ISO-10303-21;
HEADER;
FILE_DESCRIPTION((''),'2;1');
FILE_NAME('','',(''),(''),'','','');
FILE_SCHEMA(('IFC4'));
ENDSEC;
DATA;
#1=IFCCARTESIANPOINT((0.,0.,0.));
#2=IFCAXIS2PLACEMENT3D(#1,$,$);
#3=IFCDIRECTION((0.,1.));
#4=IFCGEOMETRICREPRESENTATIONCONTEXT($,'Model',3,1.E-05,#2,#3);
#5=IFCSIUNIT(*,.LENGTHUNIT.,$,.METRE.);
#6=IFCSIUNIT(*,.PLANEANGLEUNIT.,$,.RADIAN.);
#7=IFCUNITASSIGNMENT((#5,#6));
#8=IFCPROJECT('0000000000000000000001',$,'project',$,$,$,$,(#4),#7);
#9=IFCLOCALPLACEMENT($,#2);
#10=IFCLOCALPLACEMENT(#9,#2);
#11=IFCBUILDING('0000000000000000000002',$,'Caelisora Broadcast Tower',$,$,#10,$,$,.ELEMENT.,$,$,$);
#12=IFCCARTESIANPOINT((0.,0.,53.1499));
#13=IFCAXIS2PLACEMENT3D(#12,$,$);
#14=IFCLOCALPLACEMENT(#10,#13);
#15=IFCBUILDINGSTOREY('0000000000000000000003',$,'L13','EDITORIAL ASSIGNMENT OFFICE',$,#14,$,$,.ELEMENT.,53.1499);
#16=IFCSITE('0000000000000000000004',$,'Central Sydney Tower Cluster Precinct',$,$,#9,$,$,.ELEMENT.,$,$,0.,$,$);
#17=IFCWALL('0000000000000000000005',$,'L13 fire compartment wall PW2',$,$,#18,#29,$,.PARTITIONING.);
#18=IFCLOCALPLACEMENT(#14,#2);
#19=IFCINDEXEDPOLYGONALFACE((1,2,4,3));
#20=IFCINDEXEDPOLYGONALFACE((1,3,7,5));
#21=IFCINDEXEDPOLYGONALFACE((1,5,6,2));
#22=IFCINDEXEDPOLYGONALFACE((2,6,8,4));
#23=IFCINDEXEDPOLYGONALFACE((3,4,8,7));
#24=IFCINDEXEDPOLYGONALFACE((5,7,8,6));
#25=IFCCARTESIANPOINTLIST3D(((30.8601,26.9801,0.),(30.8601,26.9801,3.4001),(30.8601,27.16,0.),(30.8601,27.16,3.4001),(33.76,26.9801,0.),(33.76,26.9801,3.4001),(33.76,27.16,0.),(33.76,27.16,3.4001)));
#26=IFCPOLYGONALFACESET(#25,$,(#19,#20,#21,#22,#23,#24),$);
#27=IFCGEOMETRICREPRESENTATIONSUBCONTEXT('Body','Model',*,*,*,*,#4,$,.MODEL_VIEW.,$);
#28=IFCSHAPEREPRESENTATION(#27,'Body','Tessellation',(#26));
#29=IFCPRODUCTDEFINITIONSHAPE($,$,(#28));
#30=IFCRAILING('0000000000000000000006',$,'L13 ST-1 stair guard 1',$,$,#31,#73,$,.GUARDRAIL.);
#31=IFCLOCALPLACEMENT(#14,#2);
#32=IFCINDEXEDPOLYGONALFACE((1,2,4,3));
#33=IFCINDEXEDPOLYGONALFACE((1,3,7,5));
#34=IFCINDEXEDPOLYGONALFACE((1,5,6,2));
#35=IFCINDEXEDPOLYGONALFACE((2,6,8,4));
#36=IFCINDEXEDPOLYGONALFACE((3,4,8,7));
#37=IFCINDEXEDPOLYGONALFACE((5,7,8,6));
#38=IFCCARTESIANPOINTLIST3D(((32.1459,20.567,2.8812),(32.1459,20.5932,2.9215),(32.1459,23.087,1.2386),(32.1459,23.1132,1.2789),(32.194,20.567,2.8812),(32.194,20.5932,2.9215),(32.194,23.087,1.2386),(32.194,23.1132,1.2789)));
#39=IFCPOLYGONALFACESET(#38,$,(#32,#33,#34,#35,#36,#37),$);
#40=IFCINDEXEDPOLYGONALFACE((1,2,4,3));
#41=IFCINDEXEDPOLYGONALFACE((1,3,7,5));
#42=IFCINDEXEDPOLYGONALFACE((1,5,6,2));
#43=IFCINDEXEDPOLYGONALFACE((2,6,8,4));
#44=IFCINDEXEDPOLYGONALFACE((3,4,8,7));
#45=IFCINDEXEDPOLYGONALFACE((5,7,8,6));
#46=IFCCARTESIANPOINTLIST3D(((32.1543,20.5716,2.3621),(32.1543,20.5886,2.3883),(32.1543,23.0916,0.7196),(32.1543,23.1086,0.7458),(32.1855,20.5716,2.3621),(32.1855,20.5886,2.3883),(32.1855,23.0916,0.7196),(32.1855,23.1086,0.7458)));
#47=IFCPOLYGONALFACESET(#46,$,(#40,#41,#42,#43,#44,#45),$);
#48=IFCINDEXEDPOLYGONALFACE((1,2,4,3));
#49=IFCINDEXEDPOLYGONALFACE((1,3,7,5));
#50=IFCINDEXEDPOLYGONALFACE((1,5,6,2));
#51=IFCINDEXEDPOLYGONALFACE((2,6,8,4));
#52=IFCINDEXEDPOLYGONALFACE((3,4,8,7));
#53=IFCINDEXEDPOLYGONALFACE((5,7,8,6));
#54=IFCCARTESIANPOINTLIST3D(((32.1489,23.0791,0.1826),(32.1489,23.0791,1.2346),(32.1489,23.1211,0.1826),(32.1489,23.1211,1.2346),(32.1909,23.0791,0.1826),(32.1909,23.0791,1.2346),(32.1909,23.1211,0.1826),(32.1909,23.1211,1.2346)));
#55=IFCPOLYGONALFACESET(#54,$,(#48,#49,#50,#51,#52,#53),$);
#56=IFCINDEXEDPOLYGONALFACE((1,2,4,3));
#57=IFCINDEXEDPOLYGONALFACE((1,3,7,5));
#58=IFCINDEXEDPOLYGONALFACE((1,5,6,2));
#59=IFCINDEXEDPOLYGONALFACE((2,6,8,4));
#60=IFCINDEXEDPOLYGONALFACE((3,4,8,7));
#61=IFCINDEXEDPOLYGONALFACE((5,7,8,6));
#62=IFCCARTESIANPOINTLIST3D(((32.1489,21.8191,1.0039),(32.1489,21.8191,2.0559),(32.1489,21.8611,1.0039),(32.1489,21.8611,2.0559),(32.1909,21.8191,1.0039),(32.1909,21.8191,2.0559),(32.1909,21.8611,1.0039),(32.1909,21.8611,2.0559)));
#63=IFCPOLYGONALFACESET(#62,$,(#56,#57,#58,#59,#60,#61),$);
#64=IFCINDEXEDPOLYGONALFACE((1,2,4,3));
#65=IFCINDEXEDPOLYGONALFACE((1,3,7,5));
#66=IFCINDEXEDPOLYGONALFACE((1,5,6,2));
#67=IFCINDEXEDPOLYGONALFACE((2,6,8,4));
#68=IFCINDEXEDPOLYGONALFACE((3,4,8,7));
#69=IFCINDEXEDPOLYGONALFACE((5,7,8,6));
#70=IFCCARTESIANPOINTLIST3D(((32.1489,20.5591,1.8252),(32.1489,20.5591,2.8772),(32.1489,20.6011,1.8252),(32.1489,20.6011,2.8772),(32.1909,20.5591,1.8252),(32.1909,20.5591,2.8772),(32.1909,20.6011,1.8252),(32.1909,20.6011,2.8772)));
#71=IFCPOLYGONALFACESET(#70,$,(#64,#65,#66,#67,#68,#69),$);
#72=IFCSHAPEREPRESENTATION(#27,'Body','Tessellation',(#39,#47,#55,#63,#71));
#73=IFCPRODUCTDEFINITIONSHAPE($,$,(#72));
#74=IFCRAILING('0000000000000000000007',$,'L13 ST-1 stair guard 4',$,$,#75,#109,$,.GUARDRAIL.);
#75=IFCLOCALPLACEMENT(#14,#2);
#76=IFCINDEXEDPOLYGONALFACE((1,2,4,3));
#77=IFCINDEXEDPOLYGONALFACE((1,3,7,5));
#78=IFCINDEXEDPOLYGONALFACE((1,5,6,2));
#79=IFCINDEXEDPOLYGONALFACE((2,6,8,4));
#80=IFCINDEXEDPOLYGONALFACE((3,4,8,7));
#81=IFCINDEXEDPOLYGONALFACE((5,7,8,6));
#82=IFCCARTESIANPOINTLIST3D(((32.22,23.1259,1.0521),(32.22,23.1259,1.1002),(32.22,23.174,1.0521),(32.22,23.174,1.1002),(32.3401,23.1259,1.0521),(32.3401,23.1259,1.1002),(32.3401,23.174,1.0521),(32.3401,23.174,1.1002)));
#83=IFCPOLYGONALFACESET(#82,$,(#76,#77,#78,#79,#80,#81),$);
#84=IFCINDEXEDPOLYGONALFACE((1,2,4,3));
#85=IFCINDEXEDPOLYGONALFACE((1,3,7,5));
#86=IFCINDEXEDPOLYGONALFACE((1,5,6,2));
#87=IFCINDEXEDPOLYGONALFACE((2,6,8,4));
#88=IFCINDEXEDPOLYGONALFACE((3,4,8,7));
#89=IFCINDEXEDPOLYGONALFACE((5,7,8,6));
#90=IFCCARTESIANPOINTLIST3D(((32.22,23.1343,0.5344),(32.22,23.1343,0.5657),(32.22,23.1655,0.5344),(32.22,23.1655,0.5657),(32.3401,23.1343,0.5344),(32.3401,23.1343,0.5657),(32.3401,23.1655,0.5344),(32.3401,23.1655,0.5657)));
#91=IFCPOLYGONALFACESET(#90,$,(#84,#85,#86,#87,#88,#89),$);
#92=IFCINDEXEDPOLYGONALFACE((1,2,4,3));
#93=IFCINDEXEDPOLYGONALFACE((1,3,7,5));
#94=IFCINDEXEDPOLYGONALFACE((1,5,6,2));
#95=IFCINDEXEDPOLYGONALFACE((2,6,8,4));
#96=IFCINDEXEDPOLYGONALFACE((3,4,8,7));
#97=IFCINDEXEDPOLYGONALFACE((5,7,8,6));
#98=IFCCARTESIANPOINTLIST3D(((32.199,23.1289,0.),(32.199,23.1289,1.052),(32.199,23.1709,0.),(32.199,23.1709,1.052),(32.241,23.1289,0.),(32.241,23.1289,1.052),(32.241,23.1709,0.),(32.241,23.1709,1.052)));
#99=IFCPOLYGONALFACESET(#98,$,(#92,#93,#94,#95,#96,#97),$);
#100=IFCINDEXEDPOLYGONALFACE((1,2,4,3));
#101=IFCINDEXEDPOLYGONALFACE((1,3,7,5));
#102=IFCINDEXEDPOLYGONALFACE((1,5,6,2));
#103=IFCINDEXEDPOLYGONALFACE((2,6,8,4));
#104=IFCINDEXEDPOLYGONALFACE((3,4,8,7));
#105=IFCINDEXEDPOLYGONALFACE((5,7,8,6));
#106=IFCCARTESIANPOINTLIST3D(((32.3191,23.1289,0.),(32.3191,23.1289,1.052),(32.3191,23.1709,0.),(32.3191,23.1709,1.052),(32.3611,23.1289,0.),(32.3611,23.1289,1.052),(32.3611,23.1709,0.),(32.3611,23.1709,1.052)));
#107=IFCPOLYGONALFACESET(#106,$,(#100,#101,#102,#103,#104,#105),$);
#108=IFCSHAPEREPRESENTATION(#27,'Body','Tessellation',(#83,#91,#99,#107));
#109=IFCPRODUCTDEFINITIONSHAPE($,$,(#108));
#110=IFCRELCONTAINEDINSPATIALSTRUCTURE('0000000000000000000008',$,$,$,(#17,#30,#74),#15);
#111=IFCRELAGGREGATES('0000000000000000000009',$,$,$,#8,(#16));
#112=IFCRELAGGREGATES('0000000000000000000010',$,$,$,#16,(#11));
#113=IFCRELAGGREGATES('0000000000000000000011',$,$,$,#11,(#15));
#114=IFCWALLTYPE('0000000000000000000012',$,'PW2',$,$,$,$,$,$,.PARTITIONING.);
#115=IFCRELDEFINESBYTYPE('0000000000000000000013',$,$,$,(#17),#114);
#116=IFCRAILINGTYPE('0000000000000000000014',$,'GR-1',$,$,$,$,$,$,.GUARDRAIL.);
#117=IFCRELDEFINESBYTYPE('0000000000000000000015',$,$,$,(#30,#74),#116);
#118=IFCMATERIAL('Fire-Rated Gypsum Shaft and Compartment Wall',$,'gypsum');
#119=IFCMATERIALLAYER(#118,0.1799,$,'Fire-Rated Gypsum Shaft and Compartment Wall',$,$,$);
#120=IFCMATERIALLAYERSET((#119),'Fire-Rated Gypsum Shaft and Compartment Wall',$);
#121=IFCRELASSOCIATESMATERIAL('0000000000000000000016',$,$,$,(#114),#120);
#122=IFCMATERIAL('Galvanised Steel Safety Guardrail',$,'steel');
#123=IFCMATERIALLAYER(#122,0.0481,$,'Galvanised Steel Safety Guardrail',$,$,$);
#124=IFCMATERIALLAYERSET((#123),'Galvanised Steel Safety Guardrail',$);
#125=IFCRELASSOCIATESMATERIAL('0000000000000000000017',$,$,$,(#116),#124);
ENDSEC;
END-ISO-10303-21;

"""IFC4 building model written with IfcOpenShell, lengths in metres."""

from ifc_helpers import new_model, si_unit, direction, frame, frame_2d, origin, origin_2d, place, context, subcontext, project, spatial, rectangle, extrude, material, layer, layer_set, type_object, element, save


model = new_model("IFC4")

# Units and contexts
model_context = context("Model", 3, precision=1e-05, world=origin(), true_north=direction((0.0, 1.0)))
body_context = subcontext(model_context, "Body", "Model", "MODEL_VIEW")
ifc_project = project(units=[si_unit("LENGTHUNIT", "METRE"), si_unit("PLANEANGLEUNIT", "RADIAN")], contexts=[model_context])

# Site, building, storey
site_placement = place(None, origin())
site = spatial("IfcSite", under=ifc_project, at=site_placement, Name="Central Sydney Tower Cluster Precinct", CompositionType="ELEMENT", RefElevation=0.0)
building_placement = place(site_placement, origin())
building = spatial("IfcBuilding", under=site, at=building_placement, Name="Caelisora Broadcast Tower", CompositionType="ELEMENT")
storey_placement = place(building_placement, frame((0.0, 0.0, 53.1499)))
storey = spatial("IfcBuildingStorey", under=building, at=storey_placement, Name="L13", Description="EDITORIAL ASSIGNMENT OFFICE", CompositionType="ELEMENT", Elevation=53.1499)

# Shared definitions
ifc_material_1 = material(Name="Fire-Rated Gypsum Shaft and Compartment Wall", Category="gypsum")
ifc_layer_1 = layer(ifc_material_1, 0.1799, Name="Fire-Rated Gypsum Shaft and Compartment Wall")
ifc_layer_set_1 = layer_set([ifc_layer_1], Name="Fire-Rated Gypsum Shaft and Compartment Wall")
wall_type_1 = type_object("IfcWallType", Name="PW2", PredefinedType="PARTITIONING", material=ifc_layer_set_1)

# Wall
wall_1_placement = place(storey_placement, frame((30.8601, 27.0701, 0.0), z_axis=(0.0, 0.0, 1.0), x_axis=(1.0, 0.0, 0.0)))
element("IfcWall", 1, at=wall_1_placement, inside=storey, type_object=wall_type_1, Name="L13 fire compartment wall PW2", PredefinedType="PARTITIONING", context=body_context, shape_type="SweptSolid", body=[
    extrude(rectangle(XDim=2.8999, YDim=0.1799, at=frame_2d((1.45, 0.0))), origin(), (0.0, 0.0, 1.0), 3.4001),
])

# Railings
ifc_material_2 = material(Name="Galvanised Steel Safety Guardrail", Category="steel")
ifc_layer_2 = layer(ifc_material_2, 0.0481, Name="Galvanised Steel Safety Guardrail")
ifc_layer_set_2 = layer_set([ifc_layer_2], Name="Galvanised Steel Safety Guardrail")
railing_type = type_object("IfcRailingType", Name="GR-1", PredefinedType="GUARDRAIL", material=ifc_layer_set_2)
railing_1_placement = place(storey_placement, frame((32.1699, 23.1001, 0.1826)))
element("IfcRailing", 2, at=railing_1_placement, inside=storey, type_object=railing_type, Name="L13 ST-1 stair guard 1", PredefinedType="GUARDRAIL", context=body_context, shape_type="SweptSolid", body=[
    extrude(rectangle(XDim=0.0481, YDim=0.0481, at=origin_2d()), frame((0.0, 0.0, 1.0762), z_axis=(0.0, -0.837749, 0.546055), x_axis=(1.0, 0.0, 0.0)), (0.0, 0.0, 1.0), 3.0081),
    extrude(rectangle(XDim=0.0312, YDim=0.0312, at=origin_2d()), frame((0.0, 0.0, 0.55), z_axis=(0.0, -0.837749, 0.546055), x_axis=(1.0, 0.0, 0.0)), (0.0, 0.0, 1.0), 3.0081),
    extrude(rectangle(XDim=0.042, YDim=0.042, at=origin_2d()), origin(), (0.0, 0.0, 1.0), 1.052),
    extrude(rectangle(XDim=0.042, YDim=0.042, at=origin_2d()), frame((0.0, -1.26, 0.8213)), (0.0, 0.0, 1.0), 1.052),
    extrude(rectangle(XDim=0.042, YDim=0.042, at=origin_2d()), frame((0.0, -2.52, 1.6426)), (0.0, 0.0, 1.0), 1.052),
])
railing_2_placement = place(storey_placement, frame((32.22, 23.1499, 0.0)))
element("IfcRailing", 3, at=railing_2_placement, inside=storey, type_object=railing_type, Name="L13 ST-1 stair guard 4", PredefinedType="GUARDRAIL", context=body_context, shape_type="SweptSolid", body=[
    extrude(rectangle(XDim=0.0481, YDim=0.0481, at=origin_2d()), frame((0.0, 0.0, 1.0762), z_axis=(1.0, 0.0, 0.0), x_axis=(0.0, 1.0, 0.0)), (0.0, 0.0, 1.0), 0.1201),
    extrude(rectangle(XDim=0.0312, YDim=0.0312, at=origin_2d()), frame((0.0, 0.0, 0.55), z_axis=(1.0, 0.0, 0.0), x_axis=(0.0, 1.0, 0.0)), (0.0, 0.0, 1.0), 0.1201),
    extrude(rectangle(XDim=0.042, YDim=0.042, at=origin_2d()), origin(), (0.0, 0.0, 1.0), 1.052),
    extrude(rectangle(XDim=0.042, YDim=0.042, at=origin_2d()), frame((0.1201, 0.0, 0.0)), (0.0, 0.0, 1.0), 1.052),
])

save(model, "model.ifc")
